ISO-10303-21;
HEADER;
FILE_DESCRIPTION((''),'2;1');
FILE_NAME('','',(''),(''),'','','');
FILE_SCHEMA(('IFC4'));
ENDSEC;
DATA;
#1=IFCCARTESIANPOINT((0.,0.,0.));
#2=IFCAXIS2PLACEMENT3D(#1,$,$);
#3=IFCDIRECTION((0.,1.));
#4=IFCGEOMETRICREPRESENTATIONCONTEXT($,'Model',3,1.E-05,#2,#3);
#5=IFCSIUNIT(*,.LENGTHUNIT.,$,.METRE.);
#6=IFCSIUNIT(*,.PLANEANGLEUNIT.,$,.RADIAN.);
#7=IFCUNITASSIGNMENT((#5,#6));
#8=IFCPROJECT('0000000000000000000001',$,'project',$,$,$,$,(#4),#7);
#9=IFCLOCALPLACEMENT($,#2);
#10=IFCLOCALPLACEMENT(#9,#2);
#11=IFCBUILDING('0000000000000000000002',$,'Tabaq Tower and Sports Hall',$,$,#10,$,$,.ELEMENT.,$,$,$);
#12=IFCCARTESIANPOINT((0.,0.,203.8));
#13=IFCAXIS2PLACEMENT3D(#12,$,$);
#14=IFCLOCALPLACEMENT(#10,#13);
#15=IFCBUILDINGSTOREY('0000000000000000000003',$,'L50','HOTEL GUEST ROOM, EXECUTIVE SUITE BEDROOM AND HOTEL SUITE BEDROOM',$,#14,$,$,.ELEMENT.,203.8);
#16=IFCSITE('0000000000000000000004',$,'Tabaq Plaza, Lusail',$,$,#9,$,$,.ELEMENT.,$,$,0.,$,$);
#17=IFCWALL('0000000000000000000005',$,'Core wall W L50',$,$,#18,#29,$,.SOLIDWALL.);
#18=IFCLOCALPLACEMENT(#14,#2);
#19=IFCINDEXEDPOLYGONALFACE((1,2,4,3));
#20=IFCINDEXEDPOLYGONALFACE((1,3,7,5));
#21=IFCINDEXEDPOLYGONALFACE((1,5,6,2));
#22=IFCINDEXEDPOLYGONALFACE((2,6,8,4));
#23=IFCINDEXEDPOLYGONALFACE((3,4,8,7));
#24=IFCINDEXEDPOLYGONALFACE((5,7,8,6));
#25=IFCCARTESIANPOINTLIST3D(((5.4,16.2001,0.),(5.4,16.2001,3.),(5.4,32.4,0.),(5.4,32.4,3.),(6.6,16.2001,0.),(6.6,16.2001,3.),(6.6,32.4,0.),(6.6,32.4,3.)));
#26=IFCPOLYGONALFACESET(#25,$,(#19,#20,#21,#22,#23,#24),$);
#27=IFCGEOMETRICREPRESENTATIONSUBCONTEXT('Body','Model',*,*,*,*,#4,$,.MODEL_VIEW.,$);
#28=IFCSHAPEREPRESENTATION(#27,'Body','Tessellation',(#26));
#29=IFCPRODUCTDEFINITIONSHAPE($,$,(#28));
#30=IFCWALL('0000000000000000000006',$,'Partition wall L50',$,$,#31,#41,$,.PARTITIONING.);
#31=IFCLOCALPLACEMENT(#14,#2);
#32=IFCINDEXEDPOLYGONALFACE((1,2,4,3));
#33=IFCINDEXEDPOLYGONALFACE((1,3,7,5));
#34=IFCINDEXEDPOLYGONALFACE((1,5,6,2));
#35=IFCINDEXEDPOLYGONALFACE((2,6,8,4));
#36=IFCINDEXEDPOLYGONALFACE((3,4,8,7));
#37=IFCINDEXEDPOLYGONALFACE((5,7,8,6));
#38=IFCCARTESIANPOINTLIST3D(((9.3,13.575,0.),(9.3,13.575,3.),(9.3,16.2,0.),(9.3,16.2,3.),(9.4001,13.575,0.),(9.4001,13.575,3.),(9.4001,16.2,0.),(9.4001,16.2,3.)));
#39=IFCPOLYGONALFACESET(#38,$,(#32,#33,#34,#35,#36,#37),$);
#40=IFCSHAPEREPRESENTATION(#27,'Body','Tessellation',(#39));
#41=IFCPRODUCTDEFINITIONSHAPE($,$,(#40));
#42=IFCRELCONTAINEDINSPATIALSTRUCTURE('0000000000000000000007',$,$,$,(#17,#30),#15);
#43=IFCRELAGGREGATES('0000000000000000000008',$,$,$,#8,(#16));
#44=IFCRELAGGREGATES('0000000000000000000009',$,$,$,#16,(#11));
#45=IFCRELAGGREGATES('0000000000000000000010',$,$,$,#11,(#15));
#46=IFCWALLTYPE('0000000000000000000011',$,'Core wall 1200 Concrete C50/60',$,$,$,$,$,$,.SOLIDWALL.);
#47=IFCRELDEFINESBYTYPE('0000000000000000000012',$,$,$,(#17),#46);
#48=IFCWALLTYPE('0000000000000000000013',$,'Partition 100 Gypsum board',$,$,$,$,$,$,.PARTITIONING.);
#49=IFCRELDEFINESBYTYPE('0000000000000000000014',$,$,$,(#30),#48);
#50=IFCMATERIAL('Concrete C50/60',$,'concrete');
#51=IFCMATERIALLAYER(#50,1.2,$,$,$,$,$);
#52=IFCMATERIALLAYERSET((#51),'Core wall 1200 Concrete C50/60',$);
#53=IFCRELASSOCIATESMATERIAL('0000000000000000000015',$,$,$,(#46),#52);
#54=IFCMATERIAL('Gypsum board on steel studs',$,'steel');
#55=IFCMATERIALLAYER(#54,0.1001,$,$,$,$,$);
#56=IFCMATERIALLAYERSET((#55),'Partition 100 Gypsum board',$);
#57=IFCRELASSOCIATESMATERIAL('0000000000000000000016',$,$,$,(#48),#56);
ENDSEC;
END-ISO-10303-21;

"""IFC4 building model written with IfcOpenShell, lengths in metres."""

from ifc_helpers import new_model, si_unit, direction, frame, frame_2d, origin, place, context, subcontext, project, spatial, rectangle, extrude, material, layer, layer_set, type_object, element, save


model = new_model("IFC4")

# Units and contexts
model_context = context("Model", 3, precision=1e-05, world=origin(), true_north=direction((0.0, 1.0)))
body_context = subcontext(model_context, "Body", "Model", "MODEL_VIEW")
ifc_project = project(units=[si_unit("LENGTHUNIT", "METRE"), si_unit("PLANEANGLEUNIT", "RADIAN")], contexts=[model_context])

# Site, building, storey
site_placement = place(None, origin())
site = spatial("IfcSite", under=ifc_project, at=site_placement, Name="Tabaq Plaza, Lusail", CompositionType="ELEMENT", RefElevation=0.0)
building_placement = place(site_placement, origin())
building = spatial("IfcBuilding", under=site, at=building_placement, Name="Tabaq Tower and Sports Hall", CompositionType="ELEMENT")
storey_placement = place(building_placement, frame((0.0, 0.0, 203.8)))
storey = spatial("IfcBuildingStorey", under=building, at=storey_placement, Name="L50", Description="HOTEL GUEST ROOM, EXECUTIVE SUITE BEDROOM AND HOTEL SUITE BEDROOM", CompositionType="ELEMENT", Elevation=203.8)

# Walls
ifc_material_1 = material(Name="Concrete C50/60", Category="concrete")
ifc_layer_1 = layer(ifc_material_1, 1.2)
ifc_layer_set_1 = layer_set([ifc_layer_1], Name="Core wall 1200 Concrete C50/60")
wall_type_1 = type_object("IfcWallType", Name="Core wall 1200 Concrete C50/60", PredefinedType="SOLIDWALL", material=ifc_layer_set_1)
wall_1_placement = place(storey_placement, frame((6.0, 16.2, 0.0), z_axis=(0.0, 0.0, 1.0), x_axis=(0.0, 1.0, 0.0)))
element("IfcWall", 1, at=wall_1_placement, inside=storey, type_object=wall_type_1, Name="Core wall W L50", PredefinedType="SOLIDWALL", context=body_context, shape_type="SweptSolid", body=[
    extrude(rectangle(XDim=16.2, YDim=1.2, at=frame_2d((8.1001, 0.0))), origin(), (0.0, 0.0, 1.0), 3.0),
])
ifc_material_2 = material(Name="Gypsum board on steel studs", Category="steel")
ifc_layer_2 = layer(ifc_material_2, 0.1001)
ifc_layer_set_2 = layer_set([ifc_layer_2], Name="Partition 100 Gypsum board")
wall_type_2 = type_object("IfcWallType", Name="Partition 100 Gypsum board", PredefinedType="PARTITIONING", material=ifc_layer_set_2)
wall_2_placement = place(storey_placement, frame((9.3501, 16.2, 0.0), z_axis=(0.0, 0.0, 1.0), x_axis=(0.0, -1.0, 0.0)))
element("IfcWall", 2, at=wall_2_placement, inside=storey, type_object=wall_type_2, Name="Partition wall L50", PredefinedType="PARTITIONING", context=body_context, shape_type="SweptSolid", body=[
    extrude(rectangle(XDim=2.625, YDim=0.1001, at=frame_2d((1.3125, 0.0))), origin(), (0.0, 0.0, 1.0), 3.0),
])

save(model, "model.ifc")
